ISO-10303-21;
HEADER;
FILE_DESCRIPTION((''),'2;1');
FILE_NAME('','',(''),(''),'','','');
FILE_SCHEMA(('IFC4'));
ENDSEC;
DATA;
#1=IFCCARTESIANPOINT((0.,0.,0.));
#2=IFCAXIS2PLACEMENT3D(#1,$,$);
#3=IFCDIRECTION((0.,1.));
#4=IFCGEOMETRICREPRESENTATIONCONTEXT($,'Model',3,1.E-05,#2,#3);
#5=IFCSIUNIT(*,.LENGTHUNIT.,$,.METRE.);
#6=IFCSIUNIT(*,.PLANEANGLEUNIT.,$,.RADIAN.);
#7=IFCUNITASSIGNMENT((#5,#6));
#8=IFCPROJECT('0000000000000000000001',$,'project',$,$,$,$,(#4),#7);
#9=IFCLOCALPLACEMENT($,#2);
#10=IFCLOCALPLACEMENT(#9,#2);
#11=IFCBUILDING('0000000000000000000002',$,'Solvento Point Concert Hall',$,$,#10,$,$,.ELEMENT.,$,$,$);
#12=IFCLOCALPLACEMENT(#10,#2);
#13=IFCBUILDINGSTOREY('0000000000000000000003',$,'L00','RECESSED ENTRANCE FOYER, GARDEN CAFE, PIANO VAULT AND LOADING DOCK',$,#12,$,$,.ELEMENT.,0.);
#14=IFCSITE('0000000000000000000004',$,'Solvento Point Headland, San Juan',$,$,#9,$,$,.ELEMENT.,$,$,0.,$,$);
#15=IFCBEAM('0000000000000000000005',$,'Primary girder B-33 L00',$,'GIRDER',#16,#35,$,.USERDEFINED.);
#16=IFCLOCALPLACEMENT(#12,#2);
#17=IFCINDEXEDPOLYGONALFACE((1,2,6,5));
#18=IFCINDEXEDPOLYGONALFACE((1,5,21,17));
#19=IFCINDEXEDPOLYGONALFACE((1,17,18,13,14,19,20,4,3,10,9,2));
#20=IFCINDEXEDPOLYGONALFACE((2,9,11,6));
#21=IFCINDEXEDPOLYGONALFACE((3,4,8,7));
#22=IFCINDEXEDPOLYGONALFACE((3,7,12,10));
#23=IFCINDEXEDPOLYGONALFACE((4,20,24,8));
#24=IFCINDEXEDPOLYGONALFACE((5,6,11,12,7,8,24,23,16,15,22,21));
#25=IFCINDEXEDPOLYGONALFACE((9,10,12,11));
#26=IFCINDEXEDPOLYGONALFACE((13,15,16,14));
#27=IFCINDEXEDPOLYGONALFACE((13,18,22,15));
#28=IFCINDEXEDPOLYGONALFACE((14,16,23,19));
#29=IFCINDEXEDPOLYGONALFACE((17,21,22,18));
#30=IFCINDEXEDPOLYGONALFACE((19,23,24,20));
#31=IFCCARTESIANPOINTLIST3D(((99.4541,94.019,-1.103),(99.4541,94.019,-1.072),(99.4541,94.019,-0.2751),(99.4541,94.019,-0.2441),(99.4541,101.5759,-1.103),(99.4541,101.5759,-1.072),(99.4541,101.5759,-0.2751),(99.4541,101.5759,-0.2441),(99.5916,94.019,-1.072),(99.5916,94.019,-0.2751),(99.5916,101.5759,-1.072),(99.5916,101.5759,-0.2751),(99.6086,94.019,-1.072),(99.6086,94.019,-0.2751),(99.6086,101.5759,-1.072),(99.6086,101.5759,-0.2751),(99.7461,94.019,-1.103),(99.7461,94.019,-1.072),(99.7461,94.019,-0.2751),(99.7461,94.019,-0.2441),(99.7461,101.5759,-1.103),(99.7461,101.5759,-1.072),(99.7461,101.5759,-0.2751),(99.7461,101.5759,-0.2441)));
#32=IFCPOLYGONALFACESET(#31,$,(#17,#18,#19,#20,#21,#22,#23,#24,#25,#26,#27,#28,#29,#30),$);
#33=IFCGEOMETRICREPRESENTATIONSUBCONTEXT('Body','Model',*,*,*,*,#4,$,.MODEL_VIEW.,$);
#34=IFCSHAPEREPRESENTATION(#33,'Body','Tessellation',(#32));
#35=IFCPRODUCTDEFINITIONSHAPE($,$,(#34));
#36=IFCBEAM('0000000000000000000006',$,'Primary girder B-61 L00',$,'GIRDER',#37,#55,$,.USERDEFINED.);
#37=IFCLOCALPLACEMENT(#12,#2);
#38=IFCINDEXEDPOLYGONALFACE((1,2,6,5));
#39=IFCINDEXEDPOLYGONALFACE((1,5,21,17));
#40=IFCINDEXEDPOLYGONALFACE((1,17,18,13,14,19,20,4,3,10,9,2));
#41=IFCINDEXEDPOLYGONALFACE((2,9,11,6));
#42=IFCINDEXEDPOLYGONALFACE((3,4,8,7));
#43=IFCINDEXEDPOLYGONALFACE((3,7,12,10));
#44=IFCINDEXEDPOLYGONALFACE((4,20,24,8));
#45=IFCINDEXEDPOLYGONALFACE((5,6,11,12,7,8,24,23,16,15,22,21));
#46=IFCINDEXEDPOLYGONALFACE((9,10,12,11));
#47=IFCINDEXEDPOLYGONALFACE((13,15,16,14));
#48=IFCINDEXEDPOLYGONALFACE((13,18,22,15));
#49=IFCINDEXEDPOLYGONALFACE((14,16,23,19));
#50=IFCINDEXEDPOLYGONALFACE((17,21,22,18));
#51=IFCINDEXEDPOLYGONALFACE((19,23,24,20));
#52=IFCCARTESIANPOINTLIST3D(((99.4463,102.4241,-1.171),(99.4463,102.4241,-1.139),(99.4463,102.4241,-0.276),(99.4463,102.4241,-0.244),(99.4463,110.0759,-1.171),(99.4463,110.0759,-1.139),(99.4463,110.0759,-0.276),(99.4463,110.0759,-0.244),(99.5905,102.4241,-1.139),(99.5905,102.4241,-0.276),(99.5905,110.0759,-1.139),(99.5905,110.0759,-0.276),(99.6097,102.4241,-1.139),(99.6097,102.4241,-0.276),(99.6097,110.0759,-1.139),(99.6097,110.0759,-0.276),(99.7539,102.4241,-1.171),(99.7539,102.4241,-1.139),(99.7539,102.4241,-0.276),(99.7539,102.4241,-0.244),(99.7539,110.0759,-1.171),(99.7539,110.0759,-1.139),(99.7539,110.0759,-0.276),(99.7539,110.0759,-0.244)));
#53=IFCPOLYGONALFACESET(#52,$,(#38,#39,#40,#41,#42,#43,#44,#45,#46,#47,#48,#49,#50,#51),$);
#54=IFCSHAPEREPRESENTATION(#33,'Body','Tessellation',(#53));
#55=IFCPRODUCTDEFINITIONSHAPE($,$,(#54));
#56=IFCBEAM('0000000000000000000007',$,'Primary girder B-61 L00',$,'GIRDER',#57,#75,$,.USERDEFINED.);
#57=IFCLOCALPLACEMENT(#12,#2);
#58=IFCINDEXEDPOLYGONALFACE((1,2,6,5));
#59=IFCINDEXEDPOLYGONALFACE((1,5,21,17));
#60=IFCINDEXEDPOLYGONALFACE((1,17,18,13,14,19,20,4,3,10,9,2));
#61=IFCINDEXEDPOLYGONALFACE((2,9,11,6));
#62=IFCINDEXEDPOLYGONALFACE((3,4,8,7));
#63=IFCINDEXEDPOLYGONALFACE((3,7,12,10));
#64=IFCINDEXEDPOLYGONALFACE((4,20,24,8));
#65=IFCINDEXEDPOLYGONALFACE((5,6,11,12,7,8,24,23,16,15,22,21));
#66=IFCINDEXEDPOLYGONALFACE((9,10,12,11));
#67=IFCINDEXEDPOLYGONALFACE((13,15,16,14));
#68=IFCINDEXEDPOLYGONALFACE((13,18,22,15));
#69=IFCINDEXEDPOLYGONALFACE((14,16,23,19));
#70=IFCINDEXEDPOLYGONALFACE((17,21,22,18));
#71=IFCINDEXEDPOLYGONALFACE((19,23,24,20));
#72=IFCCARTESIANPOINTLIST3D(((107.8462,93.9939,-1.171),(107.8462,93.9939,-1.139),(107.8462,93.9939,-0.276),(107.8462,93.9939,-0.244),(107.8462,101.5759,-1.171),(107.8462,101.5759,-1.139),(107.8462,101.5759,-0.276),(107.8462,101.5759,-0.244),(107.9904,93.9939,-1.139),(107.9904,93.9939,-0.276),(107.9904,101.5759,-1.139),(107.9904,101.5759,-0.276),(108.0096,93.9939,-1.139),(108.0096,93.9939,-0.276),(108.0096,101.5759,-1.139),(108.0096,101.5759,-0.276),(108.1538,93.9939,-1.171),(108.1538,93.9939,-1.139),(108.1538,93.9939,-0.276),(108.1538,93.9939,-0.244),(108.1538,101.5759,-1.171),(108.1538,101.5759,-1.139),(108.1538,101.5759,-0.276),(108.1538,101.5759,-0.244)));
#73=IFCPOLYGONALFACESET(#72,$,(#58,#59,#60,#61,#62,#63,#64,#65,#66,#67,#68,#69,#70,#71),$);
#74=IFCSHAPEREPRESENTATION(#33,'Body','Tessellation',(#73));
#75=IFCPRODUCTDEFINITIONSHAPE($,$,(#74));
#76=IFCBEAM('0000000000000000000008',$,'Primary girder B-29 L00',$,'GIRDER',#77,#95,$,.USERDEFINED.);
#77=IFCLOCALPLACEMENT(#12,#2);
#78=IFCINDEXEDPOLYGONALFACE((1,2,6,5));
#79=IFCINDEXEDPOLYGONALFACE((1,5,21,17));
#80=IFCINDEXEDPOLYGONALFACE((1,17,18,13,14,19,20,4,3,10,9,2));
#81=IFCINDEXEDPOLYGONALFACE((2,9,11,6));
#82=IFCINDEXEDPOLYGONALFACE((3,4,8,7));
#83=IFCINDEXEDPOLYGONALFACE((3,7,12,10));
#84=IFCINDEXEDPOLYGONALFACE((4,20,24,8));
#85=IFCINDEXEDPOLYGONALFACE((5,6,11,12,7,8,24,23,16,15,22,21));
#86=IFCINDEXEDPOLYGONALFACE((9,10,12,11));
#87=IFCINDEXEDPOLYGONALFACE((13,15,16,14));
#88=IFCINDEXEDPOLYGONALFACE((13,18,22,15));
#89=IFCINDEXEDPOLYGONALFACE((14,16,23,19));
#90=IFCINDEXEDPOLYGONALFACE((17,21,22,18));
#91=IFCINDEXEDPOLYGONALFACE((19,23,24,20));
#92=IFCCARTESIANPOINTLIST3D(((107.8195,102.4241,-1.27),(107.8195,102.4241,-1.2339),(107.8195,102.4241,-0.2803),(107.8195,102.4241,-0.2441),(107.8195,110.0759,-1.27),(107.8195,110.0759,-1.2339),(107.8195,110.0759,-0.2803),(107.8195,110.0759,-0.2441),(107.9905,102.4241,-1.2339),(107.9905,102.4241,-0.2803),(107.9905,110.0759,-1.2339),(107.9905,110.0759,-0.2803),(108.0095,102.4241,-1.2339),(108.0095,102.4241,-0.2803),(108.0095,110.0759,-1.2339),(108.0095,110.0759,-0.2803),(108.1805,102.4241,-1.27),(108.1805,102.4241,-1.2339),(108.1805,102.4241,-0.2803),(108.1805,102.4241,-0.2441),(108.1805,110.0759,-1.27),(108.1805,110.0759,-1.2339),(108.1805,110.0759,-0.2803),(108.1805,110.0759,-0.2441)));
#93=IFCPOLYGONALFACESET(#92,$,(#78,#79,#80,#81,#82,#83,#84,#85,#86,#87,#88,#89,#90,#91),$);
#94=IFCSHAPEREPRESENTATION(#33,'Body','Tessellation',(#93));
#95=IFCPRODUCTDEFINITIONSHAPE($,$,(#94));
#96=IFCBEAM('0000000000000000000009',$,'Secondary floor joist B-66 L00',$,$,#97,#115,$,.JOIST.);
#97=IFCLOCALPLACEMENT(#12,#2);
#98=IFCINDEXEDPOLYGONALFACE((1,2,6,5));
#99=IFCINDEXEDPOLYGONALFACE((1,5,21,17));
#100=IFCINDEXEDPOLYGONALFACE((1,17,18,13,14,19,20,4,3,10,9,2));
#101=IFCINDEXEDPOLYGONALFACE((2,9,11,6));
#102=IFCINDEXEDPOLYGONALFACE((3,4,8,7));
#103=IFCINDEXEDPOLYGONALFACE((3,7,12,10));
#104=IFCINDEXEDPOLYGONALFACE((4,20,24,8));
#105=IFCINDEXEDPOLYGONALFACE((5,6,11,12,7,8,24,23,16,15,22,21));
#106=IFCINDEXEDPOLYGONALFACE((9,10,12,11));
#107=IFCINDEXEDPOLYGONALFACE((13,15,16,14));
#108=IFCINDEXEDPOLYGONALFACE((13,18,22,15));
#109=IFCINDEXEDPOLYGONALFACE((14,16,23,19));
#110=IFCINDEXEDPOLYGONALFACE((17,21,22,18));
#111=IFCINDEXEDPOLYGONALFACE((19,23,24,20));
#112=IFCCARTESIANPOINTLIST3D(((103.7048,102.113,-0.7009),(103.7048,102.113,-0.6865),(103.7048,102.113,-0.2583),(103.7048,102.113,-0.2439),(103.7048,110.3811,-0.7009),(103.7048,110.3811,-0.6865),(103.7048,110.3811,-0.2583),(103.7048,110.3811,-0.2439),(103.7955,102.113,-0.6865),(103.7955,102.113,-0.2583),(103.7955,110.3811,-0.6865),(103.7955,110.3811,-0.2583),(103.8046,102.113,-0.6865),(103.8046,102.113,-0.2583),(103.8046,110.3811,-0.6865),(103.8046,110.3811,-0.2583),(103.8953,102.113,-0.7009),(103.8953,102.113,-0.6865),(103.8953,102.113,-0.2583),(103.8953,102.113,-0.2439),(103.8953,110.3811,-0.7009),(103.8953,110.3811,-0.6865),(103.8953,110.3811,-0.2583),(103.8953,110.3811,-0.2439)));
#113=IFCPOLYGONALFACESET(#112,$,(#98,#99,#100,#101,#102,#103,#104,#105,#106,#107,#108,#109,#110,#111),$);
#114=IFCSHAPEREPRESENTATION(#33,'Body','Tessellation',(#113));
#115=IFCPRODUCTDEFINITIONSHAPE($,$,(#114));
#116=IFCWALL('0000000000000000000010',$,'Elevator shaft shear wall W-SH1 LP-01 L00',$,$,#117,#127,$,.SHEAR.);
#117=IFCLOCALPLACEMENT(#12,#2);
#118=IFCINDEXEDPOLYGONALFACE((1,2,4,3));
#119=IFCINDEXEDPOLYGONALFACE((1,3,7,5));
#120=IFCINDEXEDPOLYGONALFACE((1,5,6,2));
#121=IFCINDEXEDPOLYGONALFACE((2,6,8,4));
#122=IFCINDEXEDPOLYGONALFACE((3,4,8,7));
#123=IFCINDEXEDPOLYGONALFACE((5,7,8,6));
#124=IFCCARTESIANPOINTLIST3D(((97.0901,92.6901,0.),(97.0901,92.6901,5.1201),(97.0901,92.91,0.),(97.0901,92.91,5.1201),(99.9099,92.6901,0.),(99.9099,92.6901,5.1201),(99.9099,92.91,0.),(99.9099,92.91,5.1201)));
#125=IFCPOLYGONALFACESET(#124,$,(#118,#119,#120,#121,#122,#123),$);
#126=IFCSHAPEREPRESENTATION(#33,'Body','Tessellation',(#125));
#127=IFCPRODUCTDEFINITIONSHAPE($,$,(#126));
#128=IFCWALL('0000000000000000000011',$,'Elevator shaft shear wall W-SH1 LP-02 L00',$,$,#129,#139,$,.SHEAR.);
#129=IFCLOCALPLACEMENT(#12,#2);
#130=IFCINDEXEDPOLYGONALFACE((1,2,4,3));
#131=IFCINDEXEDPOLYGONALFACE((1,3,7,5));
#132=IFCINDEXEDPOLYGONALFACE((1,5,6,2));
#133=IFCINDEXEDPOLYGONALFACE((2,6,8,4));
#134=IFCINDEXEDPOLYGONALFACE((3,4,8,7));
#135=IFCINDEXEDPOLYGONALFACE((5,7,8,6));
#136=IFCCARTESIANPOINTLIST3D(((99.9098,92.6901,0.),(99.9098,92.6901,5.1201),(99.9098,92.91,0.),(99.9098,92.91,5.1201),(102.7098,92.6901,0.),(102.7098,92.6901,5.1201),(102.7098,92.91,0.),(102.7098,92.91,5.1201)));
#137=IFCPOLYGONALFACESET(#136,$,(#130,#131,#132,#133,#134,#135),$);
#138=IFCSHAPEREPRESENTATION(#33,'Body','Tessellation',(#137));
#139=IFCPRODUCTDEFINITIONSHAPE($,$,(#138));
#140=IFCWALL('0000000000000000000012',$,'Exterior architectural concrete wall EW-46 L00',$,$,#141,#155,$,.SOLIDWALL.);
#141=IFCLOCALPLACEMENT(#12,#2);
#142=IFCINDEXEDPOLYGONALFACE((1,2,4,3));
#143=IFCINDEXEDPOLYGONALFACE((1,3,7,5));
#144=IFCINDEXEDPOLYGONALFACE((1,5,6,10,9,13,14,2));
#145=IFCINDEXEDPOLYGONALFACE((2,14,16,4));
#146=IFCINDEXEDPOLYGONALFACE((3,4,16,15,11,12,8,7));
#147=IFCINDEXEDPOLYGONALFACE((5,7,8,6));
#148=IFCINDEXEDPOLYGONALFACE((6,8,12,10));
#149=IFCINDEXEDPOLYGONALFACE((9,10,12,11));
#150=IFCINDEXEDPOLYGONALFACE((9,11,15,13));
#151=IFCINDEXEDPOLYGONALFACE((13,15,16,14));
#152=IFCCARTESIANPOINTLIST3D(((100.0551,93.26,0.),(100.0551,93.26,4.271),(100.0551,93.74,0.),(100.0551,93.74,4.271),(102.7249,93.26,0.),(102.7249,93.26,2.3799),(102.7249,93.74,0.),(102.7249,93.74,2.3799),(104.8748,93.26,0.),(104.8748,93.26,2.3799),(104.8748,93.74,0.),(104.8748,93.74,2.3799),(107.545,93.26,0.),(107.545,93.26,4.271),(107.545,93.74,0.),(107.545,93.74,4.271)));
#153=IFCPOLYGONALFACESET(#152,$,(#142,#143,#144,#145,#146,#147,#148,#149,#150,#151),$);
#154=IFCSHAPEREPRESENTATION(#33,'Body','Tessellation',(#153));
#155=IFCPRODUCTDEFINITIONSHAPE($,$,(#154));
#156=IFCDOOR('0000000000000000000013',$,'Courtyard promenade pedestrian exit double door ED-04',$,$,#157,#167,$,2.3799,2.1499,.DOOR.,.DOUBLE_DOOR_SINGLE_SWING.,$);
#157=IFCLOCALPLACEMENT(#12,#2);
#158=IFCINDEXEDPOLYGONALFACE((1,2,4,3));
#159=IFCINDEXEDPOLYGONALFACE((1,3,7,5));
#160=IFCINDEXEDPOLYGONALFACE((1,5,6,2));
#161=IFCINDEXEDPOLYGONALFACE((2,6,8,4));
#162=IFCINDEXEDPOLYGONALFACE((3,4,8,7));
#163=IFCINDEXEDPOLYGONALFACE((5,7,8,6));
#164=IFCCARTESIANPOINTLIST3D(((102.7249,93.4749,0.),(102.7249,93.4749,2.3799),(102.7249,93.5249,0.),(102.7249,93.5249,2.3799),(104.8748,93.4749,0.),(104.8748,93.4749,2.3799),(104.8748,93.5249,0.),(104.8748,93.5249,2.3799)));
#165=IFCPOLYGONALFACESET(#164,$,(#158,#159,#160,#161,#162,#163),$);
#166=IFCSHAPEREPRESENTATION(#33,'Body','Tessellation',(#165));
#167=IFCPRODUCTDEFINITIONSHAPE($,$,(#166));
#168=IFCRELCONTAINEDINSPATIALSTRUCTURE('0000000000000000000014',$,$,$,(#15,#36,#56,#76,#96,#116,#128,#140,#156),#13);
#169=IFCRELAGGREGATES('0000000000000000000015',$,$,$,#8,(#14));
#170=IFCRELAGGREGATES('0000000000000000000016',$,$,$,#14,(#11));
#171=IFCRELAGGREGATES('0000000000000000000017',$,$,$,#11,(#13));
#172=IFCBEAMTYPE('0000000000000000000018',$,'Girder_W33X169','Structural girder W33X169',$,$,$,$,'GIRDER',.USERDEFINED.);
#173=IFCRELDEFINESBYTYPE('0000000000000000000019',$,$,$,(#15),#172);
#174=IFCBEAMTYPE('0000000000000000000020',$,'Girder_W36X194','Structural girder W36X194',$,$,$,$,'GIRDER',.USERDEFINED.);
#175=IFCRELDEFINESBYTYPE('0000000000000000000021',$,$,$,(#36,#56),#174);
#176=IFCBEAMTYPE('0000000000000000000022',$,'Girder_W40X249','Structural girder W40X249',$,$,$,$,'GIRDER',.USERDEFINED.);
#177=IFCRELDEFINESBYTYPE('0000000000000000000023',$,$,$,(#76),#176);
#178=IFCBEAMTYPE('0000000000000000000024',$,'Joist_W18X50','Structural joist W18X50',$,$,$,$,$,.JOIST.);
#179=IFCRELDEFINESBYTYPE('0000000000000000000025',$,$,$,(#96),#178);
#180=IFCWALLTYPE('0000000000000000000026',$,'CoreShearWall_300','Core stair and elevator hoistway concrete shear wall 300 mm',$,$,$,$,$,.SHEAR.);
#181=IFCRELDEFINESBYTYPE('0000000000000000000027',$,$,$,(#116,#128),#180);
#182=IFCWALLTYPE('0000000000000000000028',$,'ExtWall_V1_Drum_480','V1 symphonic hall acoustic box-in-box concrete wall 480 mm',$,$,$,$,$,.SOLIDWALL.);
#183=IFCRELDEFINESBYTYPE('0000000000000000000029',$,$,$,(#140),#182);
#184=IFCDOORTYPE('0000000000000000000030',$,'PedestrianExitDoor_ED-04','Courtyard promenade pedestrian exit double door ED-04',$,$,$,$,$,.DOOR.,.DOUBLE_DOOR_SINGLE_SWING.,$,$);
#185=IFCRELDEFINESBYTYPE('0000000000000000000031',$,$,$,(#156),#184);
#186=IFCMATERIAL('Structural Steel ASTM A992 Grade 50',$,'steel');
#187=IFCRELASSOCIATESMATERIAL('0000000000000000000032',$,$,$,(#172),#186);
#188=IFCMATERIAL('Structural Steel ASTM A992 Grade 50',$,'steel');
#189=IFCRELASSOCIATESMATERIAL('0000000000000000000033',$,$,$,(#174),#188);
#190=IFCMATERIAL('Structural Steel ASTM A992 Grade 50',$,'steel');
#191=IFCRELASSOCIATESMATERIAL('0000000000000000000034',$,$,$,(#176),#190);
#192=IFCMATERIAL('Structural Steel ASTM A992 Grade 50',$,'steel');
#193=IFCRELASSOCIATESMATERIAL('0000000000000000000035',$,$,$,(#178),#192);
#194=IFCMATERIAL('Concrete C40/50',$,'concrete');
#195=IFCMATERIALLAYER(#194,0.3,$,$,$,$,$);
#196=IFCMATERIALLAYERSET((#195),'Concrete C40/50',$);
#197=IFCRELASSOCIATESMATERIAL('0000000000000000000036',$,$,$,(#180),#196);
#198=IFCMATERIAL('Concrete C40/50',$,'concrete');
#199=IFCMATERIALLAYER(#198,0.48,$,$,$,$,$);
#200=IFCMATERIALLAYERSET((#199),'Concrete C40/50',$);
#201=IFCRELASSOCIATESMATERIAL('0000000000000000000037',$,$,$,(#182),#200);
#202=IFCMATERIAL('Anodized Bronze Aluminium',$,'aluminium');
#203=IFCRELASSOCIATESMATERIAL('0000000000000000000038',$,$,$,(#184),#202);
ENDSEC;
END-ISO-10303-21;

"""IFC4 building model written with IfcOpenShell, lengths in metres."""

from ifc_helpers import new_model, si_unit, direction, frame, frame_2d, origin, origin_2d, place, context, subcontext, project, spatial, rectangle, i_section, extrude, material, layer, layer_set, material_profile, profile_set, type_object, element, fill, save


model = new_model("IFC4")

# Units and contexts
model_context = context("Model", 3, precision=1e-05, world=origin(), true_north=direction((0.0, 1.0)))
body_context = subcontext(model_context, "Body", "Model", "MODEL_VIEW")
ifc_project = project(units=[si_unit("LENGTHUNIT", "METRE"), si_unit("PLANEANGLEUNIT", "RADIAN")], contexts=[model_context])

# Site, building, storey
site_placement = place(None, origin())
site = spatial("IfcSite", under=ifc_project, at=site_placement, Name="Solvento Point Headland, San Juan", CompositionType="ELEMENT", RefElevation=0.0)
building_placement = place(site_placement, origin())
building = spatial("IfcBuilding", under=site, at=building_placement, Name="Solvento Point Concert Hall", CompositionType="ELEMENT")
storey_placement = place(building_placement, origin())
storey = spatial("IfcBuildingStorey", under=building, at=storey_placement, Name="L00", Description="RECESSED ENTRANCE FOYER, GARDEN CAFE, PIANO VAULT AND LOADING DOCK", CompositionType="ELEMENT", Elevation=0.0)

# Beams
ifc_material_1 = material(Name="Structural Steel ASTM A992 Grade 50", Category="steel")
ifc_material_profile_1 = material_profile(ifc_material_1, i_section(OverallWidth=0.292, OverallDepth=0.8589, WebThickness=0.0171, FlangeThickness=0.031, at=origin_2d()), Name="W33X169")
ifc_profile_set_1 = profile_set([ifc_material_profile_1], Name="Structural Steel ASTM A992 Grade 50")
beam_type_1 = type_object("IfcBeamType", Name="Girder_W33X169", Description="Structural girder W33X169", ElementType="GIRDER", PredefinedType="USERDEFINED", material=ifc_profile_set_1)
beam_1_placement = place(storey_placement, frame((99.6001, 94.019, -0.6736), z_axis=(0.0, 1.0, 0.0), x_axis=(-1.0, 0.0, 0.0)))
element("IfcBeam", 1, at=beam_1_placement, inside=storey, type_object=beam_type_1, Name="Primary girder B-33 L00", ObjectType="GIRDER", PredefinedType="USERDEFINED", context=body_context, shape_type="SweptSolid", body=[
    extrude(i_section(OverallWidth=0.292, OverallDepth=0.8589, WebThickness=0.0171, FlangeThickness=0.031, at=origin_2d()), origin(), (0.0, 0.0, 1.0), 7.5569),
])
ifc_material_2 = material(Name="Structural Steel ASTM A992 Grade 50", Category="steel")
ifc_material_profile_2 = material_profile(ifc_material_2, i_section(OverallWidth=0.3076, OverallDepth=0.927, WebThickness=0.0193, FlangeThickness=0.032, at=origin_2d()), Name="W36X194")
ifc_profile_set_2 = profile_set([ifc_material_profile_2], Name="Structural Steel ASTM A992 Grade 50")
beam_type_2 = type_object("IfcBeamType", Name="Girder_W36X194", Description="Structural girder W36X194", ElementType="GIRDER", PredefinedType="USERDEFINED", material=ifc_profile_set_2)
beam_2_placement = place(storey_placement, frame((99.6001, 102.4241, -0.7075), z_axis=(0.0, 1.0, 0.0), x_axis=(-1.0, 0.0, 0.0)))
element("IfcBeam", 2, at=beam_2_placement, inside=storey, type_object=beam_type_2, Name="Primary girder B-61 L00", ObjectType="GIRDER", PredefinedType="USERDEFINED", context=body_context, shape_type="SweptSolid", body=[
    extrude(i_section(OverallWidth=0.3076, OverallDepth=0.927, WebThickness=0.0193, FlangeThickness=0.032, at=origin_2d()), origin(), (0.0, 0.0, 1.0), 7.6519),
])
beam_3_placement = place(storey_placement, frame((108.0, 93.9939, -0.7075), z_axis=(0.0, 1.0, 0.0), x_axis=(-1.0, 0.0, 0.0)))
element("IfcBeam", 3, at=beam_3_placement, inside=storey, type_object=beam_type_2, Name="Primary girder B-61 L00", ObjectType="GIRDER", PredefinedType="USERDEFINED", context=body_context, shape_type="SweptSolid", body=[
    extrude(i_section(OverallWidth=0.3076, OverallDepth=0.927, WebThickness=0.0193, FlangeThickness=0.032, at=origin_2d()), origin(), (0.0, 0.0, 1.0), 7.582),
])
ifc_material_3 = material(Name="Structural Steel ASTM A992 Grade 50", Category="steel")
ifc_material_profile_3 = material_profile(ifc_material_3, i_section(OverallWidth=0.3611, OverallDepth=1.0259, WebThickness=0.019, FlangeThickness=0.0361, at=origin_2d()), Name="W40X249")
ifc_profile_set_3 = profile_set([ifc_material_profile_3], Name="Structural Steel ASTM A992 Grade 50")
beam_type_3 = type_object("IfcBeamType", Name="Girder_W40X249", Description="Structural girder W40X249", ElementType="GIRDER", PredefinedType="USERDEFINED", material=ifc_profile_set_3)
beam_4_placement = place(storey_placement, frame((108.0, 102.4241, -0.7571), z_axis=(0.0, 1.0, 0.0), x_axis=(-1.0, 0.0, 0.0)))
element("IfcBeam", 4, at=beam_4_placement, inside=storey, type_object=beam_type_3, Name="Primary girder B-29 L00", ObjectType="GIRDER", PredefinedType="USERDEFINED", context=body_context, shape_type="SweptSolid", body=[
    extrude(i_section(OverallWidth=0.3611, OverallDepth=1.0259, WebThickness=0.019, FlangeThickness=0.0361, at=origin_2d()), origin(), (0.0, 0.0, 1.0), 7.6519),
])
ifc_material_4 = material(Name="Structural Steel ASTM A992 Grade 50", Category="steel")
ifc_material_profile_4 = material_profile(ifc_material_4, i_section(OverallWidth=0.1904, OverallDepth=0.457, WebThickness=0.009, FlangeThickness=0.0144, at=origin_2d()), Name="W18X50")
ifc_profile_set_4 = profile_set([ifc_material_profile_4], Name="Structural Steel ASTM A992 Grade 50")
beam_type_4 = type_object("IfcBeamType", Name="Joist_W18X50", Description="Structural joist W18X50", PredefinedType="JOIST", material=ifc_profile_set_4)
beam_5_placement = place(storey_placement, frame((103.8, 102.113, -0.4724), z_axis=(0.0, 1.0, 0.0), x_axis=(-1.0, 0.0, 0.0)))
element("IfcBeam", 5, at=beam_5_placement, inside=storey, type_object=beam_type_4, Name="Secondary floor joist B-66 L00", PredefinedType="JOIST", context=body_context, shape_type="SweptSolid", body=[
    extrude(i_section(OverallWidth=0.1904, OverallDepth=0.457, WebThickness=0.009, FlangeThickness=0.0144, at=origin_2d()), origin(), (0.0, 0.0, 1.0), 8.2681),
])

# Walls
ifc_material_5 = material(Name="Concrete C40/50", Category="concrete")
ifc_layer_1 = layer(ifc_material_5, 0.3)
ifc_layer_set_1 = layer_set([ifc_layer_1], Name="Concrete C40/50")
wall_type_1 = type_object("IfcWallType", Name="CoreShearWall_300", Description="Core stair and elevator hoistway concrete shear wall 300 mm", PredefinedType="SHEAR", material=ifc_layer_set_1)
wall_1_placement = place(storey_placement, frame((97.0901, 92.8, 0.0), z_axis=(0.0, 0.0, 1.0), x_axis=(1.0, 0.0, 0.0)))
element("IfcWall", 6, at=wall_1_placement, inside=storey, type_object=wall_type_1, Name="Elevator shaft shear wall W-SH1 LP-01 L00", PredefinedType="SHEAR", context=body_context, shape_type="SweptSolid", body=[
    extrude(rectangle(XDim=2.8198, YDim=0.22, at=frame_2d((1.4099, 0.0))), origin(), (0.0, 0.0, 1.0), 5.1201),
])
wall_2_placement = place(storey_placement, frame((99.9099, 92.8, 0.0), z_axis=(0.0, 0.0, 1.0), x_axis=(1.0, 0.0, 0.0)))
element("IfcWall", 7, at=wall_2_placement, inside=storey, type_object=wall_type_1, Name="Elevator shaft shear wall W-SH1 LP-02 L00", PredefinedType="SHEAR", context=body_context, shape_type="SweptSolid", body=[
    extrude(rectangle(XDim=2.8, YDim=0.22, at=frame_2d((1.3999, 0.0))), origin(), (0.0, 0.0, 1.0), 5.1201),
])

# Wall, opening, door
ifc_material_6 = material(Name="Concrete C40/50", Category="concrete")
ifc_layer_2 = layer(ifc_material_6, 0.48)
ifc_layer_set_2 = layer_set([ifc_layer_2], Name="Concrete C40/50")
wall_type_2 = type_object("IfcWallType", Name="ExtWall_V1_Drum_480", Description="V1 symphonic hall acoustic box-in-box concrete wall 480 mm", PredefinedType="SOLIDWALL", material=ifc_layer_set_2)
wall_3_placement = place(storey_placement, frame((100.0549, 93.5, 0.0), z_axis=(0.0, 0.0, 1.0), x_axis=(1.0, 0.0, 0.0)))
wall_3 = element("IfcWall", 8, at=wall_3_placement, inside=storey, type_object=wall_type_2, Name="Exterior architectural concrete wall EW-46 L00", PredefinedType="SOLIDWALL", context=body_context, shape_type="SweptSolid", body=[
    extrude(rectangle(XDim=7.49, YDim=0.48, at=frame_2d((3.7451, 0.0))), origin(), (0.0, 0.0, 1.0), 4.271),
])
opening_1_placement = place(wall_3_placement, frame((2.6699, 0.0, 0.0)))
opening_1 = element("IfcOpeningElement", 9, at=opening_1_placement, cuts=wall_3, PredefinedType="OPENING", context=body_context, shape_type="SweptSolid", body=[
    extrude(rectangle(XDim=2.1499, YDim=2.3799, at=frame_2d((1.075, 1.1899))), frame((0.0, 0.25, 0.0), z_axis=(0.0, -1.0, 0.0), x_axis=(1.0, 0.0, 0.0)), (0.0, 0.0, 1.0), 0.5),
])
ifc_material_7 = material(Name="Anodized Bronze Aluminium", Category="aluminium")
door_type = type_object("IfcDoorType", Name="PedestrianExitDoor_ED-04", Description="Courtyard promenade pedestrian exit double door ED-04", OperationType="DOUBLE_DOOR_SINGLE_SWING", PredefinedType="DOOR", material=ifc_material_7)
door_placement = place(opening_1_placement, origin())
door = element("IfcDoor", 10, at=door_placement, inside=storey, type_object=door_type, Name="Courtyard promenade pedestrian exit double door ED-04", OperationType="DOUBLE_DOOR_SINGLE_SWING", OverallHeight=2.3799, OverallWidth=2.1499, PredefinedType="DOOR", context=body_context, shape_type="SweptSolid", body=[
    extrude(rectangle(XDim=2.1499, YDim=2.3799, at=frame_2d((1.075, 1.1899))), frame((0.0, 0.0249, 0.0), z_axis=(0.0, -1.0, 0.0), x_axis=(1.0, 0.0, 0.0)), (0.0, 0.0, 1.0), 0.05),
])
fill(opening_1, door)

save(model, "model.ifc")
